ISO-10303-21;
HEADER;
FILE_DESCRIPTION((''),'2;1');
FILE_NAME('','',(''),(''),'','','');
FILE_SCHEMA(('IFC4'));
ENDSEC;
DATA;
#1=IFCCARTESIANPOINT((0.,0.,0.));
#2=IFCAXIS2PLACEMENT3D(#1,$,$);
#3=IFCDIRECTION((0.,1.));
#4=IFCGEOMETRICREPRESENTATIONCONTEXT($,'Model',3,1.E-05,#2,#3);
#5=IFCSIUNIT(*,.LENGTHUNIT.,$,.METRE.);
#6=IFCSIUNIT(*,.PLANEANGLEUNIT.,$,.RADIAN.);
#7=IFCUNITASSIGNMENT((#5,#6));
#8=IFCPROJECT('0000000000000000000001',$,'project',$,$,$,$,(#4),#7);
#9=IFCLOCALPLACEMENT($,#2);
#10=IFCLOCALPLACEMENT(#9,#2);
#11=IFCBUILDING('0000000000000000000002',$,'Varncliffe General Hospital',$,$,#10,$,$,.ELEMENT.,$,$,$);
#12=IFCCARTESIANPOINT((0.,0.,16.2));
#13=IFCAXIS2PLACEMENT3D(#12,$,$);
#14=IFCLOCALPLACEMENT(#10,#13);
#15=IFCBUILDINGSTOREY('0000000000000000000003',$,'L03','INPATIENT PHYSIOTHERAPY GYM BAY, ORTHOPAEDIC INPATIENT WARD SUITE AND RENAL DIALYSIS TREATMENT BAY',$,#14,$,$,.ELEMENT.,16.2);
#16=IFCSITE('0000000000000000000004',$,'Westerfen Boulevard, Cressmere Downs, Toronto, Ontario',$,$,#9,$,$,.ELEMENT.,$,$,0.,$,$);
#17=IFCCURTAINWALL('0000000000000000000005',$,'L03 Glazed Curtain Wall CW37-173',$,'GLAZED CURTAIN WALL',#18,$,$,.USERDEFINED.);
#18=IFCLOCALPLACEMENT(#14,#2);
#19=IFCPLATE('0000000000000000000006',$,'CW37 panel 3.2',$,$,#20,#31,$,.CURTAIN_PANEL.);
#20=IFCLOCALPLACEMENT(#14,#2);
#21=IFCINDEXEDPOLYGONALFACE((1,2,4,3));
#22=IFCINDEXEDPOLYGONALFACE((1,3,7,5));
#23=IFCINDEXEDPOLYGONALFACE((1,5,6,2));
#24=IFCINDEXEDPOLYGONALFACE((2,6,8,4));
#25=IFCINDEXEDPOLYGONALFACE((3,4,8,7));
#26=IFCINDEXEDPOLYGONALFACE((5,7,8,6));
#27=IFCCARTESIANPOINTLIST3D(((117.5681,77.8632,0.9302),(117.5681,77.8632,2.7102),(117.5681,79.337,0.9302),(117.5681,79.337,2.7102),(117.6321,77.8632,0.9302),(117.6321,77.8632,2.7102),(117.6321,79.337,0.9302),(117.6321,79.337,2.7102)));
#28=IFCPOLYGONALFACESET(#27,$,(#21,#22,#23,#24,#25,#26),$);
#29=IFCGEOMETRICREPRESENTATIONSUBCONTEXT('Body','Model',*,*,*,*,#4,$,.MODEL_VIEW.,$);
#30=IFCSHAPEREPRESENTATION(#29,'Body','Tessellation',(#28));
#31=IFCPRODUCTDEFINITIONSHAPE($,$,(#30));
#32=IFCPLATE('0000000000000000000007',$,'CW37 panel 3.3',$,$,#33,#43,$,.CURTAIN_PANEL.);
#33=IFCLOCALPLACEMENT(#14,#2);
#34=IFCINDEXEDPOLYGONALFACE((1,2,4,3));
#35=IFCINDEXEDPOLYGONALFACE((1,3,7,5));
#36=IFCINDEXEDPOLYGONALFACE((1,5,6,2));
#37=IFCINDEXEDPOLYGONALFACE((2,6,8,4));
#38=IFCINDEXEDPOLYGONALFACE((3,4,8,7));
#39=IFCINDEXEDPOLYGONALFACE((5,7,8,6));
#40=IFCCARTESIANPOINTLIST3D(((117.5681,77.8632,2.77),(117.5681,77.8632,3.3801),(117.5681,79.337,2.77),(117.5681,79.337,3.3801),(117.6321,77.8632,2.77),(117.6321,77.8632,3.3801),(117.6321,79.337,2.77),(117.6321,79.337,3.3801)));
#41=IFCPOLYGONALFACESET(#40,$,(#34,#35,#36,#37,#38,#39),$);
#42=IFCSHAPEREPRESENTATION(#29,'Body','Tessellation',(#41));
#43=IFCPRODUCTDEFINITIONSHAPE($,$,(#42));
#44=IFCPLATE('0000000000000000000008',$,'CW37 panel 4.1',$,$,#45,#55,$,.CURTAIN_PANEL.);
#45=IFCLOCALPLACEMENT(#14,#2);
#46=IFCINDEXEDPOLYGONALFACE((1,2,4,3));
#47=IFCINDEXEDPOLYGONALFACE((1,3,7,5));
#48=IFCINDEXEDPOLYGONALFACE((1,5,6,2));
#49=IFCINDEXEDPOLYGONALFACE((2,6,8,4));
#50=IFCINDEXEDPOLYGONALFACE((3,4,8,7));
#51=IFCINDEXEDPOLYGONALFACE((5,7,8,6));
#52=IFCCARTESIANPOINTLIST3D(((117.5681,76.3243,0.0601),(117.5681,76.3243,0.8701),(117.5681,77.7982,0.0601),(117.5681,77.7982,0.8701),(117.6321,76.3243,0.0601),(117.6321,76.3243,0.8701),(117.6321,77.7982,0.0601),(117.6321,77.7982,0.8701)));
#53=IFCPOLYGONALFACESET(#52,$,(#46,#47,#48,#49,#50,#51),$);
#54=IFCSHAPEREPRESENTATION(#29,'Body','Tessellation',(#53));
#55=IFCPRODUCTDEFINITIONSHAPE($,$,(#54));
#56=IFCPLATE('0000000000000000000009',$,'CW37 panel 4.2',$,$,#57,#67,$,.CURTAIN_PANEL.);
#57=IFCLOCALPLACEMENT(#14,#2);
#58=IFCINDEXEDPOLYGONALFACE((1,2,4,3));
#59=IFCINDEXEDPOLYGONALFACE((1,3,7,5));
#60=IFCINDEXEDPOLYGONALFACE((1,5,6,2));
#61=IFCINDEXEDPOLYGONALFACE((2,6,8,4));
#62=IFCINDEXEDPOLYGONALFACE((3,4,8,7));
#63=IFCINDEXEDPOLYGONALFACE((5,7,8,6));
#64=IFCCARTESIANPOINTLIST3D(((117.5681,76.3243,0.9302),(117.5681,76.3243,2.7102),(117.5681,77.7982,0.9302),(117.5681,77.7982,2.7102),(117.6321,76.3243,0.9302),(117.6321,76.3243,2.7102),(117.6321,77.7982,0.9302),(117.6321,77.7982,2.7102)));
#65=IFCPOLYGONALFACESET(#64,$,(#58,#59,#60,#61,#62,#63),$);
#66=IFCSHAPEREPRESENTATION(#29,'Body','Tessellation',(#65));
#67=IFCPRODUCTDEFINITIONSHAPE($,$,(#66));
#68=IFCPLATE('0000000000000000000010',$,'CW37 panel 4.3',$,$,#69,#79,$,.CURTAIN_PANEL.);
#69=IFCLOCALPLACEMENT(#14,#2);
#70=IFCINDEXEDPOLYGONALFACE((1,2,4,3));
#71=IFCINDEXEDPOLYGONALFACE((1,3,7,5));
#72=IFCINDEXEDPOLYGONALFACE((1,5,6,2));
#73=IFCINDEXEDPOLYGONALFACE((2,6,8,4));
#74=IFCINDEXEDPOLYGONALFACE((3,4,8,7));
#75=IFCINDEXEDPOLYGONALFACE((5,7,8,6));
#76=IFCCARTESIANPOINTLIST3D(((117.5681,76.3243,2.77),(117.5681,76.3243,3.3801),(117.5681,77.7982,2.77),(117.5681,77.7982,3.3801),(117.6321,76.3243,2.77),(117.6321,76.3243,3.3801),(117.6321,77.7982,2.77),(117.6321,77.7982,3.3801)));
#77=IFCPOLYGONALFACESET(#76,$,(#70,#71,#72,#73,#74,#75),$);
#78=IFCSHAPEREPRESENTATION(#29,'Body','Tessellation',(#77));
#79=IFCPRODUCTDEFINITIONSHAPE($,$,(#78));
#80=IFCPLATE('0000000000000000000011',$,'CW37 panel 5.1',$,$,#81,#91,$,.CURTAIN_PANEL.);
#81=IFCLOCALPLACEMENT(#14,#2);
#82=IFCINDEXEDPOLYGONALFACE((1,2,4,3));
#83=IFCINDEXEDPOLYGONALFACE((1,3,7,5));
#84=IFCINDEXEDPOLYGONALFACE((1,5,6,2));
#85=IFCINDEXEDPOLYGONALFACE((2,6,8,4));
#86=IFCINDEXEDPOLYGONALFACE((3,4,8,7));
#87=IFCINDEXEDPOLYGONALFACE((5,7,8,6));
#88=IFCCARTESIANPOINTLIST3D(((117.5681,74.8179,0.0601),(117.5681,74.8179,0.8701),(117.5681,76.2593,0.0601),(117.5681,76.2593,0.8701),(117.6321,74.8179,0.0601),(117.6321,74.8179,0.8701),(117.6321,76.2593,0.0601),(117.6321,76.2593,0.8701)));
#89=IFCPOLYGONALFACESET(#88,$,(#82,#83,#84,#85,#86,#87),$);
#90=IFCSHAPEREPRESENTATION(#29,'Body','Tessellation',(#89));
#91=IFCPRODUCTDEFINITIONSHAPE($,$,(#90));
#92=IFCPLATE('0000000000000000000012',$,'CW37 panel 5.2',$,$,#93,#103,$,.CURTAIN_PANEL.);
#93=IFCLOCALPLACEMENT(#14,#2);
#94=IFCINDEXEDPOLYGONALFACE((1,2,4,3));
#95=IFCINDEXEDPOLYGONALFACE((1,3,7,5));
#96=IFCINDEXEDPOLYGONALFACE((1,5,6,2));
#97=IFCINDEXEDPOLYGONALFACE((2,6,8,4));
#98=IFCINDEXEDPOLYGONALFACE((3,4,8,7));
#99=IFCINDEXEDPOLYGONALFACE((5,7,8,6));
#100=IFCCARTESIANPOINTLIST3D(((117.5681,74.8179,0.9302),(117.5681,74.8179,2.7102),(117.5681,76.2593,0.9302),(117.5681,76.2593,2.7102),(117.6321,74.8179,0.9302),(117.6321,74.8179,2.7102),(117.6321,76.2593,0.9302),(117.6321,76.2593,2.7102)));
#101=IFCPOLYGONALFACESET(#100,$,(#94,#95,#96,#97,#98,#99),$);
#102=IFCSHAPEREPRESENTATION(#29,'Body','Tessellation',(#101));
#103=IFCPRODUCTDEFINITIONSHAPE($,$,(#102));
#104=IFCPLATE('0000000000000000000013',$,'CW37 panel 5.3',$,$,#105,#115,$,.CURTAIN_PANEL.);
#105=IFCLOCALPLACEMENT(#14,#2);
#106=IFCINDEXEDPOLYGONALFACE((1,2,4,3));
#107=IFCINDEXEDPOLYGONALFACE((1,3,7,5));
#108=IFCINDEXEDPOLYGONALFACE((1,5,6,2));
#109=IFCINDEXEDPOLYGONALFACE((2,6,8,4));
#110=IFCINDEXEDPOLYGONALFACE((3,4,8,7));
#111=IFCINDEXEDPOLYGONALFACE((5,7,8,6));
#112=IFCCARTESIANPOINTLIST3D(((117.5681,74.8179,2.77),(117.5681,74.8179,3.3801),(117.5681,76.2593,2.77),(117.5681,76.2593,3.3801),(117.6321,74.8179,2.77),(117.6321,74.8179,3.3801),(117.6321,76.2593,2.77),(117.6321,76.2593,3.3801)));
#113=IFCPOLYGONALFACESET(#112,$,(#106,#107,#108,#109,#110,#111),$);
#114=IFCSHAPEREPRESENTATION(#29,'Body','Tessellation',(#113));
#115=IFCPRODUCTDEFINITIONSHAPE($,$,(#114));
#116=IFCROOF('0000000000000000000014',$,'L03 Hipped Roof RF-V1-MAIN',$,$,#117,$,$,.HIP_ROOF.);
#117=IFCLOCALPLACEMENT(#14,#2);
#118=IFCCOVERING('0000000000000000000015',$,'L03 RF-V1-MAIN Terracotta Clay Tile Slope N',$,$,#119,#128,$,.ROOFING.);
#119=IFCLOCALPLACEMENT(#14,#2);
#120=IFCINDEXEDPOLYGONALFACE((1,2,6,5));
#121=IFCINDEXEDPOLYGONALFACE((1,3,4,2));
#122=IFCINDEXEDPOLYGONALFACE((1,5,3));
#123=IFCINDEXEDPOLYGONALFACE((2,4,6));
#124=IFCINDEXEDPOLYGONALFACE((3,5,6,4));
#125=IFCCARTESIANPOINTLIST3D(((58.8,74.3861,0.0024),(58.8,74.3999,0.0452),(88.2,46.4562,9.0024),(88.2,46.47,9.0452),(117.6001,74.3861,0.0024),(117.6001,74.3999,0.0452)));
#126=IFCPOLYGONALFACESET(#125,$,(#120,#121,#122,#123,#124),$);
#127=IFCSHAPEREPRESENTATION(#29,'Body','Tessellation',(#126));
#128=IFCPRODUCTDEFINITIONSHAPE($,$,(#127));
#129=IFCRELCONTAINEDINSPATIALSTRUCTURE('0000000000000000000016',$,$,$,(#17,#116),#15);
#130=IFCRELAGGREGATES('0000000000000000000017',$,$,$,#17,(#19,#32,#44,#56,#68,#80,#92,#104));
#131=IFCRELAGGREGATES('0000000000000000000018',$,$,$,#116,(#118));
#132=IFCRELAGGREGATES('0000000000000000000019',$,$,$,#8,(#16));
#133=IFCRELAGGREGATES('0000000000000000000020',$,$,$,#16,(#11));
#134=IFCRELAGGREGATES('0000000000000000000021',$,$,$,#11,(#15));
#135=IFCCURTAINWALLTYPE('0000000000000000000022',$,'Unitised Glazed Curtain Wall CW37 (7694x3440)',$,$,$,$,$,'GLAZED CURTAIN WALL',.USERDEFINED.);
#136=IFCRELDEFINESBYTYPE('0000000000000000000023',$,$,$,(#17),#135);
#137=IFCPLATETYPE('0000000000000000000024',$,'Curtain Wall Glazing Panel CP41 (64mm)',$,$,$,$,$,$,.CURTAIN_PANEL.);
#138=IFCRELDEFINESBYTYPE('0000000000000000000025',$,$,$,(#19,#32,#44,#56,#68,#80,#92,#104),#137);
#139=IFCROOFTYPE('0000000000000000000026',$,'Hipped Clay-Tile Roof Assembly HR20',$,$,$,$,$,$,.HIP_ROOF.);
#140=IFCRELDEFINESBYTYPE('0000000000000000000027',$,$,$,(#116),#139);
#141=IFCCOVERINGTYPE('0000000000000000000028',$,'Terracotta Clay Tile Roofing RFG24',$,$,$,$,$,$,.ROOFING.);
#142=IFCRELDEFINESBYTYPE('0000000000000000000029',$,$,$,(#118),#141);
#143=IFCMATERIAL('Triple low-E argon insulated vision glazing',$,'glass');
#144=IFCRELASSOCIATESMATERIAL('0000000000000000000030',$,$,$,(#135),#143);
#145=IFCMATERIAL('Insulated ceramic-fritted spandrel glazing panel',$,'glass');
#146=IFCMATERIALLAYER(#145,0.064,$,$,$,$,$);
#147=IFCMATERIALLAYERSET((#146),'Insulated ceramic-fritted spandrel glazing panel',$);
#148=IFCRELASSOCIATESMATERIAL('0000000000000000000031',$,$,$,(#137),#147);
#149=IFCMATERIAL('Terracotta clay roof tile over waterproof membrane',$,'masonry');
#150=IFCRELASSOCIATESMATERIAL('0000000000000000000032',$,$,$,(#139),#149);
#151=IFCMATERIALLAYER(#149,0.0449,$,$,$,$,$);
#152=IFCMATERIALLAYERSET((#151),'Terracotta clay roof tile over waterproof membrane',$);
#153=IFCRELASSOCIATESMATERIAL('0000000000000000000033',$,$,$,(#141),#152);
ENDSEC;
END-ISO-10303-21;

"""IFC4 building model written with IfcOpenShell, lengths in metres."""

from ifc_helpers import new_model, si_unit, direction, frame, origin, origin_2d, place, context, subcontext, project, spatial, polyline, rectangle, outline, extrude, material, layer, layer_set, type_object, element, aggregate, save


model = new_model("IFC4")

# Units and contexts
model_context = context("Model", 3, precision=1e-05, world=origin(), true_north=direction((0.0, 1.0)))
body_context = subcontext(model_context, "Body", "Model", "MODEL_VIEW")
ifc_project = project(units=[si_unit("LENGTHUNIT", "METRE"), si_unit("PLANEANGLEUNIT", "RADIAN")], contexts=[model_context])

# Site, building, storey
site_placement = place(None, origin())
site = spatial("IfcSite", under=ifc_project, at=site_placement, Name="Westerfen Boulevard, Cressmere Downs, Toronto, Ontario", CompositionType="ELEMENT", RefElevation=0.0)
building_placement = place(site_placement, origin())
building = spatial("IfcBuilding", under=site, at=building_placement, Name="Varncliffe General Hospital", CompositionType="ELEMENT")
storey_placement = place(building_placement, frame((0.0, 0.0, 16.2)))
storey = spatial("IfcBuildingStorey", under=building, at=storey_placement, Name="L03", Description="INPATIENT PHYSIOTHERAPY GYM BAY, ORTHOPAEDIC INPATIENT WARD SUITE AND RENAL DIALYSIS TREATMENT BAY", CompositionType="ELEMENT", Elevation=16.2)

# Curtain wall
ifc_material_1 = material(Name="Triple low-E argon insulated vision glazing", Category="glass")
curtain_wall_type = type_object("IfcCurtainWallType", Name="Unitised Glazed Curtain Wall CW37 (7694x3440)", ElementType="GLAZED CURTAIN WALL", PredefinedType="USERDEFINED", material=ifc_material_1)
curtain_wall_placement = place(storey_placement, origin())
curtain_wall = element("IfcCurtainWall", 1, at=curtain_wall_placement, inside=storey, type_object=curtain_wall_type, Name="L03 Glazed Curtain Wall CW37-173", ObjectType="GLAZED CURTAIN WALL", PredefinedType="USERDEFINED")

# Plates
ifc_material_2 = material(Name="Insulated ceramic-fritted spandrel glazing panel", Category="glass")
ifc_layer_1 = layer(ifc_material_2, 0.064)
ifc_layer_set_1 = layer_set([ifc_layer_1], Name="Insulated ceramic-fritted spandrel glazing panel")
plate_type = type_object("IfcPlateType", Name="Curtain Wall Glazing Panel CP41 (64mm)", PredefinedType="CURTAIN_PANEL", material=ifc_layer_set_1)
plate_1_placement = place(storey_placement, frame((117.6001, 78.6001, 0.9302), z_axis=(0.0, 0.0, 1.0), x_axis=(0.0, -1.0, 0.0)))
plate_1 = element("IfcPlate", 2, at=plate_1_placement, type_object=plate_type, Name="CW37 panel 3.2", PredefinedType="CURTAIN_PANEL", context=body_context, shape_type="SweptSolid", body=[
    extrude(rectangle(XDim=1.4739, YDim=0.064, at=origin_2d()), origin(), (0.0, 0.0, 1.0), 1.78),
])
plate_2_placement = place(storey_placement, frame((117.6001, 78.6001, 2.77), z_axis=(0.0, 0.0, 1.0), x_axis=(0.0, -1.0, 0.0)))
plate_2 = element("IfcPlate", 3, at=plate_2_placement, type_object=plate_type, Name="CW37 panel 3.3", PredefinedType="CURTAIN_PANEL", context=body_context, shape_type="SweptSolid", body=[
    extrude(rectangle(XDim=1.4739, YDim=0.064, at=origin_2d()), origin(), (0.0, 0.0, 1.0), 0.6101),
])
plate_3_placement = place(storey_placement, frame((117.6001, 77.0613, 0.0601), z_axis=(0.0, 0.0, 1.0), x_axis=(0.0, -1.0, 0.0)))
plate_3 = element("IfcPlate", 4, at=plate_3_placement, type_object=plate_type, Name="CW37 panel 4.1", PredefinedType="CURTAIN_PANEL", context=body_context, shape_type="SweptSolid", body=[
    extrude(rectangle(XDim=1.4739, YDim=0.064, at=origin_2d()), origin(), (0.0, 0.0, 1.0), 0.8101),
])
plate_4_placement = place(storey_placement, frame((117.6001, 77.0613, 0.9302), z_axis=(0.0, 0.0, 1.0), x_axis=(0.0, -1.0, 0.0)))
plate_4 = element("IfcPlate", 5, at=plate_4_placement, type_object=plate_type, Name="CW37 panel 4.2", PredefinedType="CURTAIN_PANEL", context=body_context, shape_type="SweptSolid", body=[
    extrude(rectangle(XDim=1.4739, YDim=0.064, at=origin_2d()), origin(), (0.0, 0.0, 1.0), 1.78),
])
plate_5_placement = place(storey_placement, frame((117.6001, 77.0613, 2.77), z_axis=(0.0, 0.0, 1.0), x_axis=(0.0, -1.0, 0.0)))
plate_5 = element("IfcPlate", 6, at=plate_5_placement, type_object=plate_type, Name="CW37 panel 4.3", PredefinedType="CURTAIN_PANEL", context=body_context, shape_type="SweptSolid", body=[
    extrude(rectangle(XDim=1.4739, YDim=0.064, at=origin_2d()), origin(), (0.0, 0.0, 1.0), 0.6101),
])
plate_6_placement = place(storey_placement, frame((117.6001, 75.5386, 0.0601), z_axis=(0.0, 0.0, 1.0), x_axis=(0.0, -1.0, 0.0)))
plate_6 = element("IfcPlate", 7, at=plate_6_placement, type_object=plate_type, Name="CW37 panel 5.1", PredefinedType="CURTAIN_PANEL", context=body_context, shape_type="SweptSolid", body=[
    extrude(rectangle(XDim=1.4414, YDim=0.064, at=origin_2d()), origin(), (0.0, 0.0, 1.0), 0.8101),
])
plate_7_placement = place(storey_placement, frame((117.6001, 75.5386, 0.9302), z_axis=(0.0, 0.0, 1.0), x_axis=(0.0, -1.0, 0.0)))
plate_7 = element("IfcPlate", 8, at=plate_7_placement, type_object=plate_type, Name="CW37 panel 5.2", PredefinedType="CURTAIN_PANEL", context=body_context, shape_type="SweptSolid", body=[
    extrude(rectangle(XDim=1.4414, YDim=0.064, at=origin_2d()), origin(), (0.0, 0.0, 1.0), 1.78),
])
plate_8_placement = place(storey_placement, frame((117.6001, 75.5386, 2.77), z_axis=(0.0, 0.0, 1.0), x_axis=(0.0, -1.0, 0.0)))
plate_8 = element("IfcPlate", 9, at=plate_8_placement, type_object=plate_type, Name="CW37 panel 5.3", PredefinedType="CURTAIN_PANEL", context=body_context, shape_type="SweptSolid", body=[
    extrude(rectangle(XDim=1.4414, YDim=0.064, at=origin_2d()), origin(), (0.0, 0.0, 1.0), 0.6101),
])
aggregate(curtain_wall, [plate_1, plate_2, plate_3, plate_4, plate_5, plate_6, plate_7, plate_8])

# Roof, covering
ifc_material_3 = material(Name="Terracotta clay roof tile over waterproof membrane", Category="masonry")
roof_type = type_object("IfcRoofType", Name="Hipped Clay-Tile Roof Assembly HR20", PredefinedType="HIP_ROOF", material=ifc_material_3)
roof_placement = place(storey_placement, origin())
roof = element("IfcRoof", 10, at=roof_placement, inside=storey, type_object=roof_type, Name="L03 Hipped Roof RF-V1-MAIN", PredefinedType="HIP_ROOF")
ifc_layer_2 = layer(ifc_material_3, 0.0449)
ifc_layer_set_2 = layer_set([ifc_layer_2], Name="Terracotta clay roof tile over waterproof membrane")
covering_type = type_object("IfcCoveringType", Name="Terracotta Clay Tile Roofing RFG24", PredefinedType="ROOFING", material=ifc_layer_set_2)
covering_placement = place(storey_placement, frame((117.6001, 74.3999, 0.0452), z_axis=(0.0, 0.306705, 0.951805), x_axis=(-1.0, 0.0, 0.0)))
covering = element("IfcCovering", 11, at=covering_placement, type_object=covering_type, Name="L03 RF-V1-MAIN Terracotta Clay Tile Slope N", PredefinedType="ROOFING", context=body_context, shape_type="SweptSolid", body=[
    extrude(outline(polyline([(0.0, 0.0), (58.8, 0.0), (29.4001, 29.3442), (0.0, 0.0)])), origin(), (0.0, 0.0, -1.0), 0.0449),
])
aggregate(roof, [covering])

save(model, "model.ifc")
